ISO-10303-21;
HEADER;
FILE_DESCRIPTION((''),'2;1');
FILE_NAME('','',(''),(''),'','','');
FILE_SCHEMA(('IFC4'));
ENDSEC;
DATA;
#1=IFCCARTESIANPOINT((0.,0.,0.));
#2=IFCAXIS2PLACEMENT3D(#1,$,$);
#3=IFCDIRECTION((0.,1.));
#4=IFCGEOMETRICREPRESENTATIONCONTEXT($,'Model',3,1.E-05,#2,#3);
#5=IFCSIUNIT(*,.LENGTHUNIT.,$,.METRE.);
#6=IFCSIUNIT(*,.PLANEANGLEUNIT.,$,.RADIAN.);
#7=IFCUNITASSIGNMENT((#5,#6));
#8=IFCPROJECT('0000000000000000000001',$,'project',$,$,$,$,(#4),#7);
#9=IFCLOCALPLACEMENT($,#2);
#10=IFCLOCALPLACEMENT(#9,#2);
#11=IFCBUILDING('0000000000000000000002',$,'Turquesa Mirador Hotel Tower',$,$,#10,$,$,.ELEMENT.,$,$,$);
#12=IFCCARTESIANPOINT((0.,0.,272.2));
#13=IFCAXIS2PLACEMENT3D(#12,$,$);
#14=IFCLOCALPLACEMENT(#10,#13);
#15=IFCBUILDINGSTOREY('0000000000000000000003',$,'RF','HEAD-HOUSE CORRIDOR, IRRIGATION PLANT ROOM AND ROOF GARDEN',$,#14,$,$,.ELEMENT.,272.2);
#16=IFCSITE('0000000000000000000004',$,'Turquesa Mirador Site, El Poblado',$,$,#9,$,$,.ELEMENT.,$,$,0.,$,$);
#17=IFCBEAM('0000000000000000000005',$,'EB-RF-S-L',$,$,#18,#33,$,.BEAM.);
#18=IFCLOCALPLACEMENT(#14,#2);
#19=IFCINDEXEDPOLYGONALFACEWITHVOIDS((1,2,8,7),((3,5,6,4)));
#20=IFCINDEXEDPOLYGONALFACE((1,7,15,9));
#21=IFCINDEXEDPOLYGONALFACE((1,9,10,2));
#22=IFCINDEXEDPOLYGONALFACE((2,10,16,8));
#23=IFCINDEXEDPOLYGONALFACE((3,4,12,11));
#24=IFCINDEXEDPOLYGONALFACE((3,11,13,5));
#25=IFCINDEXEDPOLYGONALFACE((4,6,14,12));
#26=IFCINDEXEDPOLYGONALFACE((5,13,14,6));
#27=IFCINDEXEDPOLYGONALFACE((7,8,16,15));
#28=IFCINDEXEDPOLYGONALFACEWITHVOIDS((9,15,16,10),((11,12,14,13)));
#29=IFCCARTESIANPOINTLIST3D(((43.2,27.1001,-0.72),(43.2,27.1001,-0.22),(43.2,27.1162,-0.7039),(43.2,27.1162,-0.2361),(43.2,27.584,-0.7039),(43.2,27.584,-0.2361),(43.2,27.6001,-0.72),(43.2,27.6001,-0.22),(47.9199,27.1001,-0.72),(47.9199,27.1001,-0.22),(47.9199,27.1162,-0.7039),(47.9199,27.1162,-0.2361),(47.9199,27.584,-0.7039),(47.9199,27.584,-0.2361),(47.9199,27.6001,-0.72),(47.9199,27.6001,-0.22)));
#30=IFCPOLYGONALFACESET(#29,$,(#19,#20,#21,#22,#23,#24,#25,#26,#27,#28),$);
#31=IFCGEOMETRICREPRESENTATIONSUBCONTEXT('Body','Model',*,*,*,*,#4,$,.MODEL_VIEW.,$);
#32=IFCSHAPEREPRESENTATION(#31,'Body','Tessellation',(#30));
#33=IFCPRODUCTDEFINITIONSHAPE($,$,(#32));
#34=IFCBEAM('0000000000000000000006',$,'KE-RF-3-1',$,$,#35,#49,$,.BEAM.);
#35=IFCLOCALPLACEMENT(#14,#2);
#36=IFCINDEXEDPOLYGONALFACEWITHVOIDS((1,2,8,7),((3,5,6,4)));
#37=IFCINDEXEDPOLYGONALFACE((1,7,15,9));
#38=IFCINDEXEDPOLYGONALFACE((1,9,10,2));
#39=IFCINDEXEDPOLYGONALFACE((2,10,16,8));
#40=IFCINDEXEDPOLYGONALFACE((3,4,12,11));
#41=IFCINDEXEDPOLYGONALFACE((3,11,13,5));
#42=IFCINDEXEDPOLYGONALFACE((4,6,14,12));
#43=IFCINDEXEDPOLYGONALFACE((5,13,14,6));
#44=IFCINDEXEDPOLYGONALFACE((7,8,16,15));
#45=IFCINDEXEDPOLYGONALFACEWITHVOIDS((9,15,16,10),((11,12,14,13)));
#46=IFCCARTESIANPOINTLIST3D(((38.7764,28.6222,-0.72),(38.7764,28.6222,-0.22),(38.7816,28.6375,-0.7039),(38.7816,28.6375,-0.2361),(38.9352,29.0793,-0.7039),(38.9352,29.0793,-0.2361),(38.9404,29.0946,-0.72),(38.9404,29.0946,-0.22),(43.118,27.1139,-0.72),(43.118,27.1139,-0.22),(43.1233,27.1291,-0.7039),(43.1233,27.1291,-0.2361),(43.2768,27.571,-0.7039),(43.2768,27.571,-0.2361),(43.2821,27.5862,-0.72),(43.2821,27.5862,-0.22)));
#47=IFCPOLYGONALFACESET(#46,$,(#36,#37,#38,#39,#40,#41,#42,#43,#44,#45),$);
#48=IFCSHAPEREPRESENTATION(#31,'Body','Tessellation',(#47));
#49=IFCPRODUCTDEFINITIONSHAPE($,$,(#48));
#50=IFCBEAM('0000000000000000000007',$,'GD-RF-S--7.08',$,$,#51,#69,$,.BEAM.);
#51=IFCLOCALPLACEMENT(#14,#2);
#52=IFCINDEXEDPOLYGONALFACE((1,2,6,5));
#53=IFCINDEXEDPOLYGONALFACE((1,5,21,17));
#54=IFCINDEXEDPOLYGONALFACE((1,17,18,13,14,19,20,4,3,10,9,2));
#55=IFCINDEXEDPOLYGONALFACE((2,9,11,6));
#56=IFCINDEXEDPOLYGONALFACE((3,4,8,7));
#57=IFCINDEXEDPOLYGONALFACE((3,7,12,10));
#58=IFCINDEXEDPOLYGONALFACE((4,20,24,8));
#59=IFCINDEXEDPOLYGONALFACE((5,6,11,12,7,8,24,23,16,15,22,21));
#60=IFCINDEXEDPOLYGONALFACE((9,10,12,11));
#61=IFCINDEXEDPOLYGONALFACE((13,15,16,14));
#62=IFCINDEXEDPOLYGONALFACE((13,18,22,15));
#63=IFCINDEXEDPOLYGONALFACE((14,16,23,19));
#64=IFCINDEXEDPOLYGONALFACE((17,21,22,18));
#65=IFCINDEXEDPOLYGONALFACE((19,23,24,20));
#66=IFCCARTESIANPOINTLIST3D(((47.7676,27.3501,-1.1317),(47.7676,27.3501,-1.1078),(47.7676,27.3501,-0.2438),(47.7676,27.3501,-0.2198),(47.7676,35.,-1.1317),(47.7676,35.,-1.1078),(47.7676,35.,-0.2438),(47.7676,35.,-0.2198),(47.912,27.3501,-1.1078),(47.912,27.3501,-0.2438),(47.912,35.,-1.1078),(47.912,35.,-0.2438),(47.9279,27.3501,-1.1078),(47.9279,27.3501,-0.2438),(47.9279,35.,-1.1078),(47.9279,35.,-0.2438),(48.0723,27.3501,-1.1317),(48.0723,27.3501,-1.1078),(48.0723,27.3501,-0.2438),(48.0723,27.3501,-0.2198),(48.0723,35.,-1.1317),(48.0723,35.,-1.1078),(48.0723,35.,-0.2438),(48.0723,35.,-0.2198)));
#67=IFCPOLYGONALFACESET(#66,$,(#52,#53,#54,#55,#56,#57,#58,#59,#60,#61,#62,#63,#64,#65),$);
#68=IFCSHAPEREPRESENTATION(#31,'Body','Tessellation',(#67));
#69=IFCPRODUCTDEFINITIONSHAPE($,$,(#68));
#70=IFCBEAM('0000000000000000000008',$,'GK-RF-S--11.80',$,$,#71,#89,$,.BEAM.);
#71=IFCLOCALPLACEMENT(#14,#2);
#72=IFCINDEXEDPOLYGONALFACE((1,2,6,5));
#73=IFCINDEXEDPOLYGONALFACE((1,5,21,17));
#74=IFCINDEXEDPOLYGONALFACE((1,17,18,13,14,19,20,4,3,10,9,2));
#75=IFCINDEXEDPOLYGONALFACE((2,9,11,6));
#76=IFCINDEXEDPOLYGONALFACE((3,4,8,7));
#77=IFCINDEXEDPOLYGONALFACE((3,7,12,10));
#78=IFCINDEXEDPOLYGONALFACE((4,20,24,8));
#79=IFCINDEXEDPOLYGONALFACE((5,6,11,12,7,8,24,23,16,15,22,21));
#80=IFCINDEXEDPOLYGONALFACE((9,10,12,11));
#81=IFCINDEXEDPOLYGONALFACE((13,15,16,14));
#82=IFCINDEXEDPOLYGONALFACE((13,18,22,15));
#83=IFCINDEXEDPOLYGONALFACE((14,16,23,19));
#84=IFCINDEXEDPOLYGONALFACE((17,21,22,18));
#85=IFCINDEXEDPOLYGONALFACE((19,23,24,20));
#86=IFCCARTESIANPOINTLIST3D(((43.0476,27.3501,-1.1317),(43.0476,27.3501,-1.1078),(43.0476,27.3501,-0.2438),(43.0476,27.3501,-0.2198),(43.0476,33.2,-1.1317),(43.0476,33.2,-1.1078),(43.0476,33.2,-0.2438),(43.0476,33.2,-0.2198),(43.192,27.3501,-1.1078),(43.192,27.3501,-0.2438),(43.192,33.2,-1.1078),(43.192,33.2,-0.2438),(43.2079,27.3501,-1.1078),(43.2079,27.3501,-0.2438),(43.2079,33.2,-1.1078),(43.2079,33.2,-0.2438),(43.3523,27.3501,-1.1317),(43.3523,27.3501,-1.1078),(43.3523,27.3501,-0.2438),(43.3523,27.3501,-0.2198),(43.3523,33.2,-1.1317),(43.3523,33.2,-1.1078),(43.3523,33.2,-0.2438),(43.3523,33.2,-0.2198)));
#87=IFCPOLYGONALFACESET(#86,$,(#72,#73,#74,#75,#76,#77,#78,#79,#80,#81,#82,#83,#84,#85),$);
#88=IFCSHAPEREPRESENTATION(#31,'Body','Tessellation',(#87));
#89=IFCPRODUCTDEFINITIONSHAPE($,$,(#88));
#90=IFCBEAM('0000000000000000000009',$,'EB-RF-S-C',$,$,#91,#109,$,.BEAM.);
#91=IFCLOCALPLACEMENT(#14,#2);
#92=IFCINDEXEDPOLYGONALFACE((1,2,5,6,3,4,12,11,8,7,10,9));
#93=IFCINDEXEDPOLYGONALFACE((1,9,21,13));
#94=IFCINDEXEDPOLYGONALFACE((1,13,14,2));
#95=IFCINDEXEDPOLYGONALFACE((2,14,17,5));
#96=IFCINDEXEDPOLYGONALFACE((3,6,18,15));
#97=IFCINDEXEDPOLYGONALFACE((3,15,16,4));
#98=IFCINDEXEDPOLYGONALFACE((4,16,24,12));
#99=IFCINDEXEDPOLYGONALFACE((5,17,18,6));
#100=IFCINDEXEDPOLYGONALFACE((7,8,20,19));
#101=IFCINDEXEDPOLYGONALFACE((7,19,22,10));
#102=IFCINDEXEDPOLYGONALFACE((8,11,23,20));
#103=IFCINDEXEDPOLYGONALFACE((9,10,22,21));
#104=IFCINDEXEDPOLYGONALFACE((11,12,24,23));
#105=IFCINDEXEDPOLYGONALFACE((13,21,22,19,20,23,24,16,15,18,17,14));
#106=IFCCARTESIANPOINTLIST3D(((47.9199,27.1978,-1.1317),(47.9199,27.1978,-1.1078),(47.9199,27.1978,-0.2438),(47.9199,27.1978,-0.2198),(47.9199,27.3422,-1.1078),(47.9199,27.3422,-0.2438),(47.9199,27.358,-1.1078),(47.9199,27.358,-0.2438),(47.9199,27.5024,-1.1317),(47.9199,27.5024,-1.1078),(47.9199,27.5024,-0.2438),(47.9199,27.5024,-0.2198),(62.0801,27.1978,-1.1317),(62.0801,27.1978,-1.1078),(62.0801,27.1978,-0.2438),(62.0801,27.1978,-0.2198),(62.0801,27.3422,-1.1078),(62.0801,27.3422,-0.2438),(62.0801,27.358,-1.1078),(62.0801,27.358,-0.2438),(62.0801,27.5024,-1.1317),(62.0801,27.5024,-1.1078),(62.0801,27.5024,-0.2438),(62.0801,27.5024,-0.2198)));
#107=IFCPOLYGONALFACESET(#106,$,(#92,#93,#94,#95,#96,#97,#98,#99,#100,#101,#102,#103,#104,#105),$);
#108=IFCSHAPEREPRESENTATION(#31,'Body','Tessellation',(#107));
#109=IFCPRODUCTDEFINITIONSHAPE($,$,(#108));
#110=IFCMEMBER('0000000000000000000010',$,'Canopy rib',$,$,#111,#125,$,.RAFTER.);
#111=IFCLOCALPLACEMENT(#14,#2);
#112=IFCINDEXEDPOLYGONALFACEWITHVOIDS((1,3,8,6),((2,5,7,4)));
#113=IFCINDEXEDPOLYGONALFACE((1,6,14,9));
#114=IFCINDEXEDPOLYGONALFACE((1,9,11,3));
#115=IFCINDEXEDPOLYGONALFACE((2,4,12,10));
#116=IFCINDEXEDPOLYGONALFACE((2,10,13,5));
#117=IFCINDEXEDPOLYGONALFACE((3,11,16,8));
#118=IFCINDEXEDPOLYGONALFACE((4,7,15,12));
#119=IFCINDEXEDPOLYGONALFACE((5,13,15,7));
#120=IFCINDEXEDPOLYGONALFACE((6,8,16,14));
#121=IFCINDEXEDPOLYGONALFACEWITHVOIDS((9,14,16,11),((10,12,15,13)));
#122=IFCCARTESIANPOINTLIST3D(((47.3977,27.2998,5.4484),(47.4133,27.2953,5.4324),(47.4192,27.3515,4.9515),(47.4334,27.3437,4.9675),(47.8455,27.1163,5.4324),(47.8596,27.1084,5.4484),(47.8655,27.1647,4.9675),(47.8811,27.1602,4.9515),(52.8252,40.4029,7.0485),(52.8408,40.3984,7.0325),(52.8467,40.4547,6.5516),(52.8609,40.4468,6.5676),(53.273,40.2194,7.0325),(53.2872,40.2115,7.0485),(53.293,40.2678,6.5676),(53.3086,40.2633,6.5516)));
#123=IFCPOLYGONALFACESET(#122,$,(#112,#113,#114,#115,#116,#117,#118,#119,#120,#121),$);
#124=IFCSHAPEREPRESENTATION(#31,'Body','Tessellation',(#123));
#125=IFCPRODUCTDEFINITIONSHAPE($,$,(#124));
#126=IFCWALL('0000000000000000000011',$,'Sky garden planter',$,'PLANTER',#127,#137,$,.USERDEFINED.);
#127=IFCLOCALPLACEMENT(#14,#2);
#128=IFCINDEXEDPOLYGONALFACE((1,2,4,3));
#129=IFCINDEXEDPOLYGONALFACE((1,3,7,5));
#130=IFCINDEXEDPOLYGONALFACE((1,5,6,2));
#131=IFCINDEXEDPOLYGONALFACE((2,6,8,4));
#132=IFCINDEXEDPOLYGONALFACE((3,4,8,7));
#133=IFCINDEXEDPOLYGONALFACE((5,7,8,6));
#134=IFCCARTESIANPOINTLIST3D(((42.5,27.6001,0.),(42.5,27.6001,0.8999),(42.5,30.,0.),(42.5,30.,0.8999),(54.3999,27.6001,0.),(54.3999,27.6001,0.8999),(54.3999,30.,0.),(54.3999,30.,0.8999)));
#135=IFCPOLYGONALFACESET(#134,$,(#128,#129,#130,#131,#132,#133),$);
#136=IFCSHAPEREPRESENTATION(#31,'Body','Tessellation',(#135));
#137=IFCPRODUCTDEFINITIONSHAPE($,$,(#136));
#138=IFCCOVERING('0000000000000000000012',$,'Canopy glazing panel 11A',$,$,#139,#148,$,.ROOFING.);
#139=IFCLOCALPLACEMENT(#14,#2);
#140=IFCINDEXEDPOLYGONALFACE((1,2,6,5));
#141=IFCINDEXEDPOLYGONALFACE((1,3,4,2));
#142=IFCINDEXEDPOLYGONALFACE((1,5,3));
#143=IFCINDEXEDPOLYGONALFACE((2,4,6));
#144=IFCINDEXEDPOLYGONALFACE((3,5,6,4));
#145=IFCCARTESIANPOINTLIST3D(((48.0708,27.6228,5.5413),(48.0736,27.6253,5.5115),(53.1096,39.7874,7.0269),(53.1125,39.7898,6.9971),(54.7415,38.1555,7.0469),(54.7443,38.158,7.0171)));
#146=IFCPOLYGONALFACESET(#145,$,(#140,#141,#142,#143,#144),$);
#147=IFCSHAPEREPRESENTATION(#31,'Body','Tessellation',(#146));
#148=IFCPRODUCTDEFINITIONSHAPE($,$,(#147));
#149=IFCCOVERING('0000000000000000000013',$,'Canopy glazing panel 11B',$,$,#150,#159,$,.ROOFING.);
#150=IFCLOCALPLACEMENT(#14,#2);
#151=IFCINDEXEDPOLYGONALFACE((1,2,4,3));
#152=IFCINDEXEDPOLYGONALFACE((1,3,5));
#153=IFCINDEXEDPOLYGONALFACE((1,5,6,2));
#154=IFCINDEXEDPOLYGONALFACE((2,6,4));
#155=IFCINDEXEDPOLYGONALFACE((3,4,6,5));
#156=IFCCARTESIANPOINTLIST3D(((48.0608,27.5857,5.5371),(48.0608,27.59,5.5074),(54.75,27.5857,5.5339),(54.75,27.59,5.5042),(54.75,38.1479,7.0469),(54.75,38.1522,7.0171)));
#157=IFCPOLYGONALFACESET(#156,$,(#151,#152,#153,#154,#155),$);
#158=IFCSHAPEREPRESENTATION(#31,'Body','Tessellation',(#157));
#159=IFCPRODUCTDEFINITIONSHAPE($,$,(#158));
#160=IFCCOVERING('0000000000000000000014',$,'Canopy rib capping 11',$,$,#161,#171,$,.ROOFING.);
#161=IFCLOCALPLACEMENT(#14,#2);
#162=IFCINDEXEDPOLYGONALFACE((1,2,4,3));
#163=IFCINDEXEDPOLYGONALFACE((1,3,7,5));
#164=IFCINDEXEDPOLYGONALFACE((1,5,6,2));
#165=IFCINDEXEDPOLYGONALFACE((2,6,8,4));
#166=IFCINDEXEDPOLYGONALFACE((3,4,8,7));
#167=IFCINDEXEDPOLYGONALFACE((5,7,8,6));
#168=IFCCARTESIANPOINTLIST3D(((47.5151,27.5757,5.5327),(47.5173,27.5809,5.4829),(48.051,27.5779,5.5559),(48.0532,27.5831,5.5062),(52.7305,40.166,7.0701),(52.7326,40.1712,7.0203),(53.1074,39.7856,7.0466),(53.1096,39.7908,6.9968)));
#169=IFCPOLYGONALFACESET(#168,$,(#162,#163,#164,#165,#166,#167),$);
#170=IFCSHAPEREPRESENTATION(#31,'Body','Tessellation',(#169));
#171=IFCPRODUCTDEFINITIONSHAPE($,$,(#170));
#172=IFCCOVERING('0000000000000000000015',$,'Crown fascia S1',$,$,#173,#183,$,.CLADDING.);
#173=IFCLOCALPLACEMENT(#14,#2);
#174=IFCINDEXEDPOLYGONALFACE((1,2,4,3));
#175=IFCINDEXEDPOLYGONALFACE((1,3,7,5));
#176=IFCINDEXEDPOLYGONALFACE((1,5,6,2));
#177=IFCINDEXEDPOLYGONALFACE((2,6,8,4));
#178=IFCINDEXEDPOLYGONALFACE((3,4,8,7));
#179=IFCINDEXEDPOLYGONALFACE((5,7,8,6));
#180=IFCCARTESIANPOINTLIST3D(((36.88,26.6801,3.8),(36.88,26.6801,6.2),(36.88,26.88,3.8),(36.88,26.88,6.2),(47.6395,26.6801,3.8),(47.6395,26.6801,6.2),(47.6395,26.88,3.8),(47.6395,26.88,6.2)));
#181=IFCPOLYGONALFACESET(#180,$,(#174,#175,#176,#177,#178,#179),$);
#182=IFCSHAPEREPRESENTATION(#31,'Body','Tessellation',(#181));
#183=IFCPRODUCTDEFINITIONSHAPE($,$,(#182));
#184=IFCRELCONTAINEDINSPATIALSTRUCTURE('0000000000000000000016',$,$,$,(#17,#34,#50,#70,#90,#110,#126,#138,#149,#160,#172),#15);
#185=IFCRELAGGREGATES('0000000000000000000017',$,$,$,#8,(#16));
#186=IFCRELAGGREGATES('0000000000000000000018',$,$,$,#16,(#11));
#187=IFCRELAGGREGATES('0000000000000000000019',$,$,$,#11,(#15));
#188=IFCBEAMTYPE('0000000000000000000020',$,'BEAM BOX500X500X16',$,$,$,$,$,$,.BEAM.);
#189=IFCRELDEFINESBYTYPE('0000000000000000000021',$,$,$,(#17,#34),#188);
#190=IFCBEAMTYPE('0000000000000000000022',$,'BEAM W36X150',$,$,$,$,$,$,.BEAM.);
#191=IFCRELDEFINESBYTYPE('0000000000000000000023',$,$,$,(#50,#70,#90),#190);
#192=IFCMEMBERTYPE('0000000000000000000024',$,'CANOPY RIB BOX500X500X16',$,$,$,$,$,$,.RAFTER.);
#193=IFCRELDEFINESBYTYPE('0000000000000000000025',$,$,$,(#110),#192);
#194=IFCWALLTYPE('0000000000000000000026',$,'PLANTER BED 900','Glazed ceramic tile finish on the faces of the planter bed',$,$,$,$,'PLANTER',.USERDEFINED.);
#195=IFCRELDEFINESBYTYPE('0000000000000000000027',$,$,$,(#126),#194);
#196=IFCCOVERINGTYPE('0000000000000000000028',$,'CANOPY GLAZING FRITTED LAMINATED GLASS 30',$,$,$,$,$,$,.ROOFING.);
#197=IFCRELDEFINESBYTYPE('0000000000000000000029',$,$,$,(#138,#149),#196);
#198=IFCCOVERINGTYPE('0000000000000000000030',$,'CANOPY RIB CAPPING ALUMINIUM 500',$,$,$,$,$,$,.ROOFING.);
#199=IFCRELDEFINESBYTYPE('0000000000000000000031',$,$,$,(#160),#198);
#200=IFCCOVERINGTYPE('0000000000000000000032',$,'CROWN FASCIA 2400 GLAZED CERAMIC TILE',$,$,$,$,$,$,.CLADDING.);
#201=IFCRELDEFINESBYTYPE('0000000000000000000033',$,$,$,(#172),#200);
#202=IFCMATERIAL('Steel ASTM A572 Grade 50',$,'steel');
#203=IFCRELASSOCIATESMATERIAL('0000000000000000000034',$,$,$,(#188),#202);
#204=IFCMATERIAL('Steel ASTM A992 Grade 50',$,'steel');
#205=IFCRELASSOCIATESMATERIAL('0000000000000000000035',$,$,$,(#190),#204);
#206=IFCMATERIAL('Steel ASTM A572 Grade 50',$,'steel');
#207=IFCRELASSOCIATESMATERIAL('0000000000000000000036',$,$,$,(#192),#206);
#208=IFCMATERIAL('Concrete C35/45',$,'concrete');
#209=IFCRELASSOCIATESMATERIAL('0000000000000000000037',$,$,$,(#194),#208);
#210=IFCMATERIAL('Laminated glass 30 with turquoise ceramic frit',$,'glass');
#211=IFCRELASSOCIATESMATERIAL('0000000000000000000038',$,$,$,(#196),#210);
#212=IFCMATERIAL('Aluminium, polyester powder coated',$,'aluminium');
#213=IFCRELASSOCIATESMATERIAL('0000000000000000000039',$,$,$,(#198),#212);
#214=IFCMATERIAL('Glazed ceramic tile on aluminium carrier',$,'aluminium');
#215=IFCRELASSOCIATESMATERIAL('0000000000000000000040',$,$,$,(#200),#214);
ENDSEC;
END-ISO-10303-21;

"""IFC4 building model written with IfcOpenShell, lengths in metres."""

from ifc_helpers import new_model, si_unit, direction, frame, origin, origin_2d, place, context, subcontext, project, spatial, polyline, rectangle, hollow_rectangle, i_section, outline, extrude, material, material_profile, profile_set, type_object, element, save


model = new_model("IFC4")

# Units and contexts
model_context = context("Model", 3, precision=1e-05, world=origin(), true_north=direction((0.0, 1.0)))
body_context = subcontext(model_context, "Body", "Model", "MODEL_VIEW")
ifc_project = project(units=[si_unit("LENGTHUNIT", "METRE"), si_unit("PLANEANGLEUNIT", "RADIAN")], contexts=[model_context])

# Site, building, storey
site_placement = place(None, origin())
site = spatial("IfcSite", under=ifc_project, at=site_placement, Name="Turquesa Mirador Site, El Poblado", CompositionType="ELEMENT", RefElevation=0.0)
building_placement = place(site_placement, origin())
building = spatial("IfcBuilding", under=site, at=building_placement, Name="Turquesa Mirador Hotel Tower", CompositionType="ELEMENT")
storey_placement = place(building_placement, frame((0.0, 0.0, 272.2)))
storey = spatial("IfcBuildingStorey", under=building, at=storey_placement, Name="RF", Description="HEAD-HOUSE CORRIDOR, IRRIGATION PLANT ROOM AND ROOF GARDEN", CompositionType="ELEMENT", Elevation=272.2)

# Beams
ifc_material_1 = material(Name="Steel ASTM A572 Grade 50", Category="steel")
ifc_material_profile_1 = material_profile(ifc_material_1, hollow_rectangle(XDim=0.5, YDim=0.5, WallThickness=0.0161, at=origin_2d()), Name="BOX500X500X16")
ifc_profile_set_1 = profile_set([ifc_material_profile_1], Name="Steel ASTM A572 Grade 50")
beam_type_1 = type_object("IfcBeamType", Name="BEAM BOX500X500X16", PredefinedType="BEAM", material=ifc_profile_set_1)
beam_1_placement = place(storey_placement, frame((43.2, 27.3501, -0.47), z_axis=(1.0, 0.0, 0.0), x_axis=(0.0, 1.0, 0.0)))
element("IfcBeam", 1, at=beam_1_placement, inside=storey, type_object=beam_type_1, Name="EB-RF-S-L", PredefinedType="BEAM", context=body_context, shape_type="SweptSolid", body=[
    extrude(hollow_rectangle(XDim=0.5, YDim=0.5, WallThickness=0.0161, at=origin_2d()), origin(), (0.0, 0.0, 1.0), 4.72),
])
beam_2_placement = place(storey_placement, frame((38.8584, 28.8584, -0.47), z_axis=(0.944619, -0.32817, 0.0), x_axis=(0.32817, 0.944619, 0.0)))
element("IfcBeam", 2, at=beam_2_placement, inside=storey, type_object=beam_type_1, Name="KE-RF-3-1", PredefinedType="BEAM", context=body_context, shape_type="SweptSolid", body=[
    extrude(hollow_rectangle(XDim=0.5, YDim=0.5, WallThickness=0.0161, at=origin_2d()), origin(), (0.0, 0.0, 1.0), 4.5962),
])
ifc_material_2 = material(Name="Steel ASTM A992 Grade 50", Category="steel")
ifc_material_profile_2 = material_profile(ifc_material_2, i_section(OverallWidth=0.3047, OverallDepth=0.9119, WebThickness=0.0159, FlangeThickness=0.0239, at=origin_2d()), Name="W36X150")
ifc_profile_set_2 = profile_set([ifc_material_profile_2], Name="Steel ASTM A992 Grade 50")
beam_type_2 = type_object("IfcBeamType", Name="BEAM W36X150", PredefinedType="BEAM", material=ifc_profile_set_2)
beam_3_placement = place(storey_placement, frame((47.9199, 27.3501, -0.6758), z_axis=(0.0, 1.0, 0.0), x_axis=(-1.0, 0.0, 0.0)))
element("IfcBeam", 3, at=beam_3_placement, inside=storey, type_object=beam_type_2, Name="GD-RF-S--7.08", PredefinedType="BEAM", context=body_context, shape_type="SweptSolid", body=[
    extrude(i_section(OverallWidth=0.3047, OverallDepth=0.9119, WebThickness=0.0159, FlangeThickness=0.0239, at=origin_2d()), origin(), (0.0, 0.0, 1.0), 7.6499),
])
beam_4_placement = place(storey_placement, frame((43.2, 27.3501, -0.6758), z_axis=(0.0, 1.0, 0.0), x_axis=(-1.0, 0.0, 0.0)))
element("IfcBeam", 4, at=beam_4_placement, inside=storey, type_object=beam_type_2, Name="GK-RF-S--11.80", PredefinedType="BEAM", context=body_context, shape_type="SweptSolid", body=[
    extrude(i_section(OverallWidth=0.3047, OverallDepth=0.9119, WebThickness=0.0159, FlangeThickness=0.0239, at=origin_2d()), origin(), (0.0, 0.0, 1.0), 5.8499),
])
beam_5_placement = place(storey_placement, frame((47.9199, 27.3501, -0.6758), z_axis=(1.0, 0.0, 0.0), x_axis=(0.0, 1.0, 0.0)))
element("IfcBeam", 5, at=beam_5_placement, inside=storey, type_object=beam_type_2, Name="EB-RF-S-C", PredefinedType="BEAM", context=body_context, shape_type="SweptSolid", body=[
    extrude(i_section(OverallWidth=0.3047, OverallDepth=0.9119, WebThickness=0.0159, FlangeThickness=0.0239, at=origin_2d()), origin(), (0.0, 0.0, 1.0), 14.1602),
])

# Member
ifc_material_3 = material(Name="Steel ASTM A572 Grade 50", Category="steel")
ifc_material_profile_3 = material_profile(ifc_material_3, hollow_rectangle(XDim=0.5, YDim=0.5, WallThickness=0.0161, at=origin_2d()), Name="BOX500X500X16")
ifc_profile_set_3 = profile_set([ifc_material_profile_3], Name="Steel ASTM A572 Grade 50")
member_type = type_object("IfcMemberType", Name="CANOPY RIB BOX500X500X16", PredefinedType="RAFTER", material=ifc_profile_set_3)
member_placement = place(storey_placement, frame((47.6394, 27.23, 5.2), z_axis=(0.380273, 0.918054, 0.11211), x_axis=(-0.923879, 0.382686, 0.0)))
element("IfcMember", 6, at=member_placement, inside=storey, type_object=member_type, Name="Canopy rib", PredefinedType="RAFTER", context=body_context, shape_type="SweptSolid", body=[
    extrude(hollow_rectangle(XDim=0.5, YDim=0.5, WallThickness=0.0161, at=origin_2d()), origin(), (0.0, 0.0, 1.0), 14.2727),
])

# Wall
ifc_material_4 = material(Name="Concrete C35/45", Category="concrete")
wall_type = type_object("IfcWallType", Name="PLANTER BED 900", Description="Glazed ceramic tile finish on the faces of the planter bed", ElementType="PLANTER", PredefinedType="USERDEFINED", material=ifc_material_4)
wall_placement = place(storey_placement, frame((48.45, 28.8, 0.0), z_axis=(0.0, 0.0, 1.0), x_axis=(1.0, 0.0, 0.0)))
element("IfcWall", 7, at=wall_placement, inside=storey, type_object=wall_type, Name="Sky garden planter", ObjectType="PLANTER", PredefinedType="USERDEFINED", context=body_context, shape_type="SweptSolid", body=[
    extrude(rectangle(XDim=11.8999, YDim=2.3999, at=origin_2d()), origin(), (0.0, 0.0, 1.0), 0.8999),
])

# Coverings
ifc_material_5 = material(Name="Laminated glass 30 with turquoise ceramic frit", Category="glass")
covering_type_1 = type_object("IfcCoveringType", Name="CANOPY GLAZING FRITTED LAMINATED GLASS 30", PredefinedType="ROOFING", material=ifc_material_5)
covering_1_placement = place(storey_placement, frame((48.0708, 27.6228, 5.5413), z_axis=(-0.094284, -0.082112, 0.992153), x_axis=(0.380277, 0.918052, 0.112117)))
element("IfcCovering", 8, at=covering_1_placement, inside=storey, type_object=covering_type_1, Name="Canopy glazing panel 11A", PredefinedType="ROOFING", context=body_context, shape_type="SweptSolid", body=[
    extrude(outline(polyline([(0.0, 0.0), (13.2504, 0.0), (12.3751, -2.1354), (0.0, 0.0)])), origin(), (0.0, 0.0, -1.0), 0.03),
])
covering_2_placement = place(storey_placement, frame((48.0608, 27.5857, 5.5371), z_axis=(0.00047, -0.141793, 0.989896), x_axis=(0.531181, 0.838734, 0.119888)))
element("IfcCovering", 9, at=covering_2_placement, inside=storey, type_object=covering_type_1, Name="Canopy glazing panel 11B", PredefinedType="ROOFING", context=body_context, shape_type="SweptSolid", body=[
    extrude(outline(polyline([(0.0, 0.0), (12.5931, 0.0), (3.5528, -5.6677), (0.0, 0.0)])), origin(), (0.0, 0.0, -1.0), 0.03),
])
ifc_material_6 = material(Name="Aluminium, polyester powder coated", Category="aluminium")
covering_type_2 = type_object("IfcCoveringType", Name="CANOPY RIB CAPPING ALUMINIUM 500", PredefinedType="ROOFING", material=ifc_material_6)
covering_3_placement = place(storey_placement, frame((48.051, 27.5779, 5.5559), z_axis=(-0.042679, -0.103661, 0.993697), x_axis=(0.380257, 0.918062, 0.112103)))
element("IfcCovering", 10, at=covering_3_placement, inside=storey, type_object=covering_type_2, Name="Canopy rib capping 11", PredefinedType="ROOFING", context=body_context, shape_type="SweptSolid", body=[
    extrude(outline(polyline([(0.0, 0.0), (13.2973, 0.0), (13.5058, 0.4938), (-0.2084, 0.4943), (0.0, 0.0)])), origin(), (0.0, 0.0, -1.0), 0.05),
])
ifc_material_7 = material(Name="Glazed ceramic tile on aluminium carrier", Category="aluminium")
covering_type_3 = type_object("IfcCoveringType", Name="CROWN FASCIA 2400 GLAZED CERAMIC TILE", PredefinedType="CLADDING", material=ifc_material_7)
covering_4_placement = place(storey_placement, frame((42.2598, 26.78, 3.8), z_axis=(0.0, 0.0, 1.0), x_axis=(1.0, 0.0, 0.0)))
element("IfcCovering", 11, at=covering_4_placement, inside=storey, type_object=covering_type_3, Name="Crown fascia S1", PredefinedType="CLADDING", context=body_context, shape_type="SweptSolid", body=[
    extrude(rectangle(XDim=10.7595, YDim=0.2, at=origin_2d()), origin(), (0.0, 0.0, 1.0), 2.3999),
])

save(model, "model.ifc")
